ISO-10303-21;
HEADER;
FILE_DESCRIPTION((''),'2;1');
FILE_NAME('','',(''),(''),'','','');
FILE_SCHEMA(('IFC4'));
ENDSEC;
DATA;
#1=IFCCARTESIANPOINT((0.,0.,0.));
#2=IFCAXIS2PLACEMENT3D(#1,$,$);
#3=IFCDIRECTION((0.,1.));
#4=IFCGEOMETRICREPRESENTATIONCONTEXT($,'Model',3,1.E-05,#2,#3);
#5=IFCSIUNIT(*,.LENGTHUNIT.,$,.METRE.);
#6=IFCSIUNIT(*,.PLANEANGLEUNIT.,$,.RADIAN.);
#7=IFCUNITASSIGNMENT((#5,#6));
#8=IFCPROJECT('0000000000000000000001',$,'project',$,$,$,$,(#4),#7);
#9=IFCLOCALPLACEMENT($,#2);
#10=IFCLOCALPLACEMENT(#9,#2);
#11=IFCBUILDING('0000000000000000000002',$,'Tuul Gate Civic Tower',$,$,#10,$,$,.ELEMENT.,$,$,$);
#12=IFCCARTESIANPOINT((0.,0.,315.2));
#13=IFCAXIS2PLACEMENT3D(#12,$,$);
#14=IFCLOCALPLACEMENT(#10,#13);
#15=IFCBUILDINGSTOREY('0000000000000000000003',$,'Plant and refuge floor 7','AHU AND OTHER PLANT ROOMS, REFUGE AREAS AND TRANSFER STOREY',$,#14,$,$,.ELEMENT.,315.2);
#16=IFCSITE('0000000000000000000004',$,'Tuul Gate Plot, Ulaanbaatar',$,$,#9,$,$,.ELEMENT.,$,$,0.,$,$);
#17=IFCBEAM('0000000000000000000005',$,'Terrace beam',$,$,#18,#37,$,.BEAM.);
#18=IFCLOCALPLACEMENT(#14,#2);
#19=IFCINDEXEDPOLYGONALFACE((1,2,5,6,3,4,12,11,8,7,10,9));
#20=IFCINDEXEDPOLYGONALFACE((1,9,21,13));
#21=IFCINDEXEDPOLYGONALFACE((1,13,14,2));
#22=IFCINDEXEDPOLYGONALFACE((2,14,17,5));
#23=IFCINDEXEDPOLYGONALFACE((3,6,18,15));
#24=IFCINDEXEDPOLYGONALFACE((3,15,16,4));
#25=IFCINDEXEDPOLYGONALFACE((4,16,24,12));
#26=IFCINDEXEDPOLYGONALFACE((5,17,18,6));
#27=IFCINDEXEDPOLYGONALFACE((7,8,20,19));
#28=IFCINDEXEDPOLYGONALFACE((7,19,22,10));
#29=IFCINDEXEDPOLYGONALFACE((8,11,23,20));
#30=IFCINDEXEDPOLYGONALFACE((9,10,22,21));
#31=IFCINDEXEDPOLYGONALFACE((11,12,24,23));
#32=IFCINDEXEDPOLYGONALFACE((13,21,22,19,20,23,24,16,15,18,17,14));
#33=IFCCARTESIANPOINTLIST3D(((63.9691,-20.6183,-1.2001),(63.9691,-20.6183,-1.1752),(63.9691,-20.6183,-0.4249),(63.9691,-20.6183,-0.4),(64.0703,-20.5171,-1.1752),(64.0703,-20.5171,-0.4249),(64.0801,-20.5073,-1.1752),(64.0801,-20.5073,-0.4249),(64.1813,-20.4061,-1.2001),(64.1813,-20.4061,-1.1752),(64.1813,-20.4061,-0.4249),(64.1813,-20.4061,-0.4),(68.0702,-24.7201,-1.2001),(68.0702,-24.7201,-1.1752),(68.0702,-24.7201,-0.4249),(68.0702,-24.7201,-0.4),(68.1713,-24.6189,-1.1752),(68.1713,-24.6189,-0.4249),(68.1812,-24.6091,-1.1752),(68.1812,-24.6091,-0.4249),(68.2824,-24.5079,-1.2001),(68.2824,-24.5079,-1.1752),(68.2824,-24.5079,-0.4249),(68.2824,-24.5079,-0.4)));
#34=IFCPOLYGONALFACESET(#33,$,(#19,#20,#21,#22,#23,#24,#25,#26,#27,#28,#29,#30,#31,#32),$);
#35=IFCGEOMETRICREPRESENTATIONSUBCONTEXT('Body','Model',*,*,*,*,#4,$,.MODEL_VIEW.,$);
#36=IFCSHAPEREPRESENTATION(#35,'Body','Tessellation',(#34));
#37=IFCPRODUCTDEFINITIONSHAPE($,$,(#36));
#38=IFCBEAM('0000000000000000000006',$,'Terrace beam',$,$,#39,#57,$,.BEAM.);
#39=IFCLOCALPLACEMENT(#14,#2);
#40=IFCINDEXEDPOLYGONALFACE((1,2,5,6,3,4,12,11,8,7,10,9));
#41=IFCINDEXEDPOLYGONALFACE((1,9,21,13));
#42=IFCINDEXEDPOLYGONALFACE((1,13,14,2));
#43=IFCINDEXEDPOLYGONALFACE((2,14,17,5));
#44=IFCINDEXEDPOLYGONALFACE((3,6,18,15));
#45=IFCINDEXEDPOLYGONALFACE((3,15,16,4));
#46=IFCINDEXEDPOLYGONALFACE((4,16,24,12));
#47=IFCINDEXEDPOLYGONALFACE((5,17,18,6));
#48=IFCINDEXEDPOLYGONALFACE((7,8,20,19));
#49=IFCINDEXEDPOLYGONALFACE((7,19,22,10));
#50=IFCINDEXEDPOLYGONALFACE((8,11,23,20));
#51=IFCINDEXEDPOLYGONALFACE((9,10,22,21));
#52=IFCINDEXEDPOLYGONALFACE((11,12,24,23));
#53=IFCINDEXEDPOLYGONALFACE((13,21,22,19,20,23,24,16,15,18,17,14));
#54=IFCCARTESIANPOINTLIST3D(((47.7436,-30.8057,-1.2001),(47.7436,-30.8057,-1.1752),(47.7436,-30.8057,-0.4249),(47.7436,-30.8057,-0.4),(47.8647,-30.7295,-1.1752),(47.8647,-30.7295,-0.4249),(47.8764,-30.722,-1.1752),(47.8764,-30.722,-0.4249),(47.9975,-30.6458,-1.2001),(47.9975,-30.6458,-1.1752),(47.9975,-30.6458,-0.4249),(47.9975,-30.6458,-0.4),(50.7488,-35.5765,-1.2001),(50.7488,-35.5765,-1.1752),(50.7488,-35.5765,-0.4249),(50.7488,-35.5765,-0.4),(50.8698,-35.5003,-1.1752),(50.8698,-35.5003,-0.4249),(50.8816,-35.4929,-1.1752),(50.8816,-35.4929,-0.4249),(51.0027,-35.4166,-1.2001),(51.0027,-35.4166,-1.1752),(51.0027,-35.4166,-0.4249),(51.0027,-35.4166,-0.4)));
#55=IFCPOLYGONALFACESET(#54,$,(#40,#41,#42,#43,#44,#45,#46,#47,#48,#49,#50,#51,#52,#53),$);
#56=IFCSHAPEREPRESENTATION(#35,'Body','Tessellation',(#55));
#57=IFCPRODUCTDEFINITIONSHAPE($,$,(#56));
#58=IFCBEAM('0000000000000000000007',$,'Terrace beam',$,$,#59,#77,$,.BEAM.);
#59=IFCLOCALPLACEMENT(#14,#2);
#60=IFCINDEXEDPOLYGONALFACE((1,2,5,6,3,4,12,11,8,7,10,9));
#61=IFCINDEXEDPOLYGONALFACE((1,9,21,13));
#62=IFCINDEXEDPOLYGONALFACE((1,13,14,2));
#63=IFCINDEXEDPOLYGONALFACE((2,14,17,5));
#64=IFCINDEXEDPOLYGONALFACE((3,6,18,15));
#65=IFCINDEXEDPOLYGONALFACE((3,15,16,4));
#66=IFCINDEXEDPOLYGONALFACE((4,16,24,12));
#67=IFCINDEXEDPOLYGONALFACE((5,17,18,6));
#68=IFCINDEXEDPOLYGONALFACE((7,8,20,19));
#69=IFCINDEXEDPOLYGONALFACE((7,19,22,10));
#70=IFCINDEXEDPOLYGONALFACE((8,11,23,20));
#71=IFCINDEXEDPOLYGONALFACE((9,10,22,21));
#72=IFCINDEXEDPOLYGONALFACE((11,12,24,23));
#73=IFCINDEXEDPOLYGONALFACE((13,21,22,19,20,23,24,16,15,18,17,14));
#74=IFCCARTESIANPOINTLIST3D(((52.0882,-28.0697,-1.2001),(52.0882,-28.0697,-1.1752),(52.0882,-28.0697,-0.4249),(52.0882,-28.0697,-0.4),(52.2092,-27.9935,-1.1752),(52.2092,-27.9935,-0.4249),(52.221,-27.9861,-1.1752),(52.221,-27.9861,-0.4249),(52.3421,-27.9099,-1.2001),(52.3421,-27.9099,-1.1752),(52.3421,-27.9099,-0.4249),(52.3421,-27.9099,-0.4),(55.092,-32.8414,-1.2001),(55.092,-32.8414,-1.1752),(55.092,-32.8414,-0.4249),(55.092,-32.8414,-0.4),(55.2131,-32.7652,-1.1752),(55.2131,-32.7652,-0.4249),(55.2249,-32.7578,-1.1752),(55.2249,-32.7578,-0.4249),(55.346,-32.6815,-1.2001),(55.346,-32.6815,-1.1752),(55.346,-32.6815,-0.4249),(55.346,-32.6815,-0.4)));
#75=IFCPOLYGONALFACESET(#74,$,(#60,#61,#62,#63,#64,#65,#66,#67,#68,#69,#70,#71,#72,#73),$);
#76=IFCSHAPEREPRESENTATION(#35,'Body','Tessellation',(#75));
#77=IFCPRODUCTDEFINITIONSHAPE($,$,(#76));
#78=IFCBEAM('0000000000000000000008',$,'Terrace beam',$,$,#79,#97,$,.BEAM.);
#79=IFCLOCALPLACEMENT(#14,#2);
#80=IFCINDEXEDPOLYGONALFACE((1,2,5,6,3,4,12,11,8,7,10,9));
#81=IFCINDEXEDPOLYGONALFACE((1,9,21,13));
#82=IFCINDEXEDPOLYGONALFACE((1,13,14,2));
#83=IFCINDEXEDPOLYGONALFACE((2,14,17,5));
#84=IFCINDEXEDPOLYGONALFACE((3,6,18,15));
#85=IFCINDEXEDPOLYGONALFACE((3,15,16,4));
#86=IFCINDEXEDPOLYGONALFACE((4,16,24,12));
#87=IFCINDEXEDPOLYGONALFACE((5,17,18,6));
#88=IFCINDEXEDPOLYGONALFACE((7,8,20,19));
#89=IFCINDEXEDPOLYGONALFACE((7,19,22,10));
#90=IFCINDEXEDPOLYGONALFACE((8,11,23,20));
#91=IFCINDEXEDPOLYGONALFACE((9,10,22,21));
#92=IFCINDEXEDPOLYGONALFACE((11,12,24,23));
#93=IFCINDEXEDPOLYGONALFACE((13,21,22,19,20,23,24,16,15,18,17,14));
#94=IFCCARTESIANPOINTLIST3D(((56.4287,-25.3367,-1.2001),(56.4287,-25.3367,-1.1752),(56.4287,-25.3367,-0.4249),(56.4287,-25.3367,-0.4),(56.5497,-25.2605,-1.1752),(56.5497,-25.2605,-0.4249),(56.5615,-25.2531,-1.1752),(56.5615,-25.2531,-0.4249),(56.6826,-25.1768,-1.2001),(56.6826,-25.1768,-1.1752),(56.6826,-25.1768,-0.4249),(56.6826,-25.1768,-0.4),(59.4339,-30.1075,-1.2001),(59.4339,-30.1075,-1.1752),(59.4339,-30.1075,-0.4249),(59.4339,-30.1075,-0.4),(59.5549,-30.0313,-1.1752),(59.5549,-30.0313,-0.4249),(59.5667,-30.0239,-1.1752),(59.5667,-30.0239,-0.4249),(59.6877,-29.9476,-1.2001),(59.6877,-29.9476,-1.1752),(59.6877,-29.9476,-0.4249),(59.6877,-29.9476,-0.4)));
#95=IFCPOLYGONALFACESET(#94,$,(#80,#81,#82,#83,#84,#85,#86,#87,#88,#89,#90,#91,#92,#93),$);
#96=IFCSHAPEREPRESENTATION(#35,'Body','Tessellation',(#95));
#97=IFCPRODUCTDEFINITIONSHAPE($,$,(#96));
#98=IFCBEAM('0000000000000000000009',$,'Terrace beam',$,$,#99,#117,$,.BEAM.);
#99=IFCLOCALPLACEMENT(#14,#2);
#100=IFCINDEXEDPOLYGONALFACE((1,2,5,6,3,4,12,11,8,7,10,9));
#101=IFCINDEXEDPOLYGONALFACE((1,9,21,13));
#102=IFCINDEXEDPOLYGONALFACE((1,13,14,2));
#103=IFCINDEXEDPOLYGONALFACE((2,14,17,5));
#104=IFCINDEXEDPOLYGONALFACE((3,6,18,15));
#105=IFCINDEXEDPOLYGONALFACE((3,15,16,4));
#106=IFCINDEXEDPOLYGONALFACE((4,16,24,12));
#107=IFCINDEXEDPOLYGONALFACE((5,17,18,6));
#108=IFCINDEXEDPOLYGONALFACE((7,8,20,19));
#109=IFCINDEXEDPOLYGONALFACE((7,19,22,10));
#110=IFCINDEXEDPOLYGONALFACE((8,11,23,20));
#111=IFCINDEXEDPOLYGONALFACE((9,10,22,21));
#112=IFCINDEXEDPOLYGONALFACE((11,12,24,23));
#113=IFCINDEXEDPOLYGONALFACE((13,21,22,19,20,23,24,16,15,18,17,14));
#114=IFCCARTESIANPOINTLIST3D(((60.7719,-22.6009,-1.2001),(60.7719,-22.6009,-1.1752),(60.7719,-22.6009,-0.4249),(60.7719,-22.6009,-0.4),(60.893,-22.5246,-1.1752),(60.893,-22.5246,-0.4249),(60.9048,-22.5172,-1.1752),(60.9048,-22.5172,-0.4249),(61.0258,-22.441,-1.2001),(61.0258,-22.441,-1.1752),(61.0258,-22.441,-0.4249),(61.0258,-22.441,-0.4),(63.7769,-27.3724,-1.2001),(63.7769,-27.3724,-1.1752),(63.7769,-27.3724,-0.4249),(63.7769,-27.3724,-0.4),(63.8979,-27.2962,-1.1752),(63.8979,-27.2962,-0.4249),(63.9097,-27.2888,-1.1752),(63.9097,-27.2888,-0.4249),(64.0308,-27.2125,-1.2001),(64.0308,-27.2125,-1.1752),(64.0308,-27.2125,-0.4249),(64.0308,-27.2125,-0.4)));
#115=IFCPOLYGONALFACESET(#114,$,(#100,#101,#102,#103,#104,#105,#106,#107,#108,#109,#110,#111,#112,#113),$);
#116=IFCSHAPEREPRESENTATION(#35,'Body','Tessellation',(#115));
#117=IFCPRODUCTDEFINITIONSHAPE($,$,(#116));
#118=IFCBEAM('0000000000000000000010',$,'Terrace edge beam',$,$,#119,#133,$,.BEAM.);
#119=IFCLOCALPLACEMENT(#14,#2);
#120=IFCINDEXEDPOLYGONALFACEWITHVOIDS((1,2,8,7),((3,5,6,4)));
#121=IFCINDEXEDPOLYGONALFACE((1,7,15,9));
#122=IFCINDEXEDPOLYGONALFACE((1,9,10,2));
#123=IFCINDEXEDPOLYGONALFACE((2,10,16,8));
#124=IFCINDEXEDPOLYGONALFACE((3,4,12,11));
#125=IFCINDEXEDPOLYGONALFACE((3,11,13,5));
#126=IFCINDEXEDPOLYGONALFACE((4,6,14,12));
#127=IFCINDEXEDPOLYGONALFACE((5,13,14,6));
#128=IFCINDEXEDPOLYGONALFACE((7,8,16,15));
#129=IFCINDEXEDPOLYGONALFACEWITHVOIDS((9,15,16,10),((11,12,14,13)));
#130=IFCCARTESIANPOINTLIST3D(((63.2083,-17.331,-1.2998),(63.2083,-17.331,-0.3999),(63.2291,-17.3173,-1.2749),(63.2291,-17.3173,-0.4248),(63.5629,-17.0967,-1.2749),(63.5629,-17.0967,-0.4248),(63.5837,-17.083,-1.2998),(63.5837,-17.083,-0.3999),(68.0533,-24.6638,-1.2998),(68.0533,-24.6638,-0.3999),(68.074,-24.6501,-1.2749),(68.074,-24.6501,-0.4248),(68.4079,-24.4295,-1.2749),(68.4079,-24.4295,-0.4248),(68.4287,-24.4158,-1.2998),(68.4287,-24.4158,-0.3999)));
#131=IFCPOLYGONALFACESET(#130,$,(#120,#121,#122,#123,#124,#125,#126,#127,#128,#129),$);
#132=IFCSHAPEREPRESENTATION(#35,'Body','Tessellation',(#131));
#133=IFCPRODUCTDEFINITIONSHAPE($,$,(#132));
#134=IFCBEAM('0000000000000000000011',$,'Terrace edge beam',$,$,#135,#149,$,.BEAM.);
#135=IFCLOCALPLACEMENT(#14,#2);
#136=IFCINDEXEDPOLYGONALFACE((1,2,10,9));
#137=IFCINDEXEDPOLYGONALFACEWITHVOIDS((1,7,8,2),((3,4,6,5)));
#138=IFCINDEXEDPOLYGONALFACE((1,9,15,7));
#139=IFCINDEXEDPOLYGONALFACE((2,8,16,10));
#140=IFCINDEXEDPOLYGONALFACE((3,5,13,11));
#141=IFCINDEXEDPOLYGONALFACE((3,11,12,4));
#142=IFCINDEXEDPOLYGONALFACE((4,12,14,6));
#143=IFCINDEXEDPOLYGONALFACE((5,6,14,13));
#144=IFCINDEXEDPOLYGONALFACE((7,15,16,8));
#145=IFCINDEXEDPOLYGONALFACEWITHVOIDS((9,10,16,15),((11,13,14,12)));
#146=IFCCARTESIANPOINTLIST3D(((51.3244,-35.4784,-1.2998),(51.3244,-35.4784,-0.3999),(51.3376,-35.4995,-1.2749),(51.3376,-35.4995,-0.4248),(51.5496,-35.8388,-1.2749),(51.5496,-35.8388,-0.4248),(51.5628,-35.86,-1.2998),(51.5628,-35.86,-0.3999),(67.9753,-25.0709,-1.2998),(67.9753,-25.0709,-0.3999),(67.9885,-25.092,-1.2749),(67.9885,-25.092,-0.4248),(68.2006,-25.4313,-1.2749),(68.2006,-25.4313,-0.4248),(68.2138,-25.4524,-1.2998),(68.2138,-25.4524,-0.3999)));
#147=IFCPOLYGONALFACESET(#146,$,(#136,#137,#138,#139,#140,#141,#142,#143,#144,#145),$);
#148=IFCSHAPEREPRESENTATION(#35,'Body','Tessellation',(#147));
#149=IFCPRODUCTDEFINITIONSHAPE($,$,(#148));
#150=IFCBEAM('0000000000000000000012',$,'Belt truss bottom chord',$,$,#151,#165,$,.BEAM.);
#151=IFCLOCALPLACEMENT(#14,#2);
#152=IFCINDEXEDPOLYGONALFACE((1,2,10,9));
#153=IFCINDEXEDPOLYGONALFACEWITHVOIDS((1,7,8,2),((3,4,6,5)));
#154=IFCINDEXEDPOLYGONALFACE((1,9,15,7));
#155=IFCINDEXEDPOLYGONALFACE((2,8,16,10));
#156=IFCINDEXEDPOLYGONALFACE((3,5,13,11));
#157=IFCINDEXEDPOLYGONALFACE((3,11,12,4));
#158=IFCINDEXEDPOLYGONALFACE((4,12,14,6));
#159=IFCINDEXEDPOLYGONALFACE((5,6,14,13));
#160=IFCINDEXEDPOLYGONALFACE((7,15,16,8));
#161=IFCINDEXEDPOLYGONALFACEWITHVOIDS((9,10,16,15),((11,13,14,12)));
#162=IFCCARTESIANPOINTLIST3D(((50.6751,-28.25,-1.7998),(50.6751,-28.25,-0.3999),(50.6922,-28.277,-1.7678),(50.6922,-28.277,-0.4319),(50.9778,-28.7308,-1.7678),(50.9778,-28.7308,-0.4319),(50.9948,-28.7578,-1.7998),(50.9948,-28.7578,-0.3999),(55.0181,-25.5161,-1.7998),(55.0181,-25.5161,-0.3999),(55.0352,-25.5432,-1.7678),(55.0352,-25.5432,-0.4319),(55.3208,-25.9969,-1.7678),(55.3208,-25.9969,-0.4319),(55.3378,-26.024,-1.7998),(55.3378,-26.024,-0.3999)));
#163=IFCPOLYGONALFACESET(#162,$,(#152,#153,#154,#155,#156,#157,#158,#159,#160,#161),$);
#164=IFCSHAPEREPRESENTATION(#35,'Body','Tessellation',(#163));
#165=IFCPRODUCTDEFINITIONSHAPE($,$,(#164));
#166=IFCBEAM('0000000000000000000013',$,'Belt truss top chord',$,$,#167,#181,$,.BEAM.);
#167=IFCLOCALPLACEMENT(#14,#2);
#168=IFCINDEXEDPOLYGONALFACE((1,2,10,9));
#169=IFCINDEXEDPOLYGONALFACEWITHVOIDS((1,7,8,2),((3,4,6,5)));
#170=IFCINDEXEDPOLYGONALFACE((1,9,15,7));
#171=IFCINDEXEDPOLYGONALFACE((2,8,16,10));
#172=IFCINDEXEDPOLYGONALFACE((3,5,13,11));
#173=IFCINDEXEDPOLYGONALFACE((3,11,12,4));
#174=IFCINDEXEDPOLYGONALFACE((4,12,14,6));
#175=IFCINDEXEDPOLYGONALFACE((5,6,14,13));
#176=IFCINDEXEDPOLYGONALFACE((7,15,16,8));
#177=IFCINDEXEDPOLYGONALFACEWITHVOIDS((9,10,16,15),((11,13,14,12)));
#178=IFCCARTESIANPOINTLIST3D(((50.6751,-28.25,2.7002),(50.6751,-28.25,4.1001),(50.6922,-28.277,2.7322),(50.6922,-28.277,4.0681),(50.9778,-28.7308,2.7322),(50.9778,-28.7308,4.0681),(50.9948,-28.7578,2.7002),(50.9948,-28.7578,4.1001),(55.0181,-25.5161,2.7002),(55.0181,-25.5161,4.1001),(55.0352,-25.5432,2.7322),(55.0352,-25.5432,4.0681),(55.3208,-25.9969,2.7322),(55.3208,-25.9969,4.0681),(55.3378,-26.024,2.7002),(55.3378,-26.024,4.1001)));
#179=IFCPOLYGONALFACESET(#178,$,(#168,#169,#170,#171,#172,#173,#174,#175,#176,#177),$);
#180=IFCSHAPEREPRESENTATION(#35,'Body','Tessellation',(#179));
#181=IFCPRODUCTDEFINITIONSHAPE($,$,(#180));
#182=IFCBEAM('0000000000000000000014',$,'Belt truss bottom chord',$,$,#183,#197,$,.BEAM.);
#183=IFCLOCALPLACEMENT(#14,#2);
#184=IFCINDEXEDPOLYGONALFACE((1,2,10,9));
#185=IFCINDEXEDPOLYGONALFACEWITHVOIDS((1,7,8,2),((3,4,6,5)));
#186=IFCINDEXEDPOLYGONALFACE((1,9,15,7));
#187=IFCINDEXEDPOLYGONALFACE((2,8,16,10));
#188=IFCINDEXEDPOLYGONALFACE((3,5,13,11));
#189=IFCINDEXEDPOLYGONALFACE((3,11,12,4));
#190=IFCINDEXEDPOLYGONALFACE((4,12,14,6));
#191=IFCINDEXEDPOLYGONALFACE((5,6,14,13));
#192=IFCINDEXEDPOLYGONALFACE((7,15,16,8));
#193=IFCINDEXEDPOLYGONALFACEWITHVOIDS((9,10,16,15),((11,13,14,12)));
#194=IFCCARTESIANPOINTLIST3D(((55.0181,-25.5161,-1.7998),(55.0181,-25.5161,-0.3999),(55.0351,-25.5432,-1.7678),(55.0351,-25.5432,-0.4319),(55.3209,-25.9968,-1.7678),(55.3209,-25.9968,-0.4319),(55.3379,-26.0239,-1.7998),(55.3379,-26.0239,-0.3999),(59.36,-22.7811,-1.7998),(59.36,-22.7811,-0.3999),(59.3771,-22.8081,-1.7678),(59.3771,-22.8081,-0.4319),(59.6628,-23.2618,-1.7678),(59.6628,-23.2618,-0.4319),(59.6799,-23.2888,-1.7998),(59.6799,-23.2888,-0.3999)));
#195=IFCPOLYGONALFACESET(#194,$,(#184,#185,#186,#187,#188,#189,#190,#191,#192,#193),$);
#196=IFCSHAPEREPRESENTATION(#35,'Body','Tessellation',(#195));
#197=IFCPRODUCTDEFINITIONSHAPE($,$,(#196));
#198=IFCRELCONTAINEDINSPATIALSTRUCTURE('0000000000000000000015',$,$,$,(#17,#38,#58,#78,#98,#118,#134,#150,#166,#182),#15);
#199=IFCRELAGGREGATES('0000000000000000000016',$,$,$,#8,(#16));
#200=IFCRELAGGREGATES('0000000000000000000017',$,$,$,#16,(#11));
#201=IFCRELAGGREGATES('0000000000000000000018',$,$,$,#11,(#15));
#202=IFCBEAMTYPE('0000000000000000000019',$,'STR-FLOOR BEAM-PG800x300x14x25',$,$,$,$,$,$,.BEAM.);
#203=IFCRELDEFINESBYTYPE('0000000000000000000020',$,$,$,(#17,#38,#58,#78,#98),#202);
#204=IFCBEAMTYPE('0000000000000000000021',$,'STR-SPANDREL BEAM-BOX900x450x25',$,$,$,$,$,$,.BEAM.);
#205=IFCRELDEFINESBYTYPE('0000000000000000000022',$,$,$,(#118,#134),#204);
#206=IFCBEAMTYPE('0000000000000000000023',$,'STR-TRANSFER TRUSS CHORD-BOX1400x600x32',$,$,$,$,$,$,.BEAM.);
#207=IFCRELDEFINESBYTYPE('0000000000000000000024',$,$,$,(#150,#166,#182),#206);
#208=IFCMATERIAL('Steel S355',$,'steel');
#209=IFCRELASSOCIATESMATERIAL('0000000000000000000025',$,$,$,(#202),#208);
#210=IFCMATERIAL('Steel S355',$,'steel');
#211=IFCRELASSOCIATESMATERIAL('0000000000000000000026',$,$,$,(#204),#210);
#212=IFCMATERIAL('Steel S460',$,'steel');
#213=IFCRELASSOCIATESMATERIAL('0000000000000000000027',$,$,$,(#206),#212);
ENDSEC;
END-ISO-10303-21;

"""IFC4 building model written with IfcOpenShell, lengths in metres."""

from ifc_helpers import new_model, si_unit, direction, frame, origin, origin_2d, place, context, subcontext, project, spatial, hollow_rectangle, i_section, extrude, material, material_profile, profile_set, type_object, element, save


model = new_model("IFC4")

# Units and contexts
model_context = context("Model", 3, precision=1e-05, world=origin(), true_north=direction((0.0, 1.0)))
body_context = subcontext(model_context, "Body", "Model", "MODEL_VIEW")
ifc_project = project(units=[si_unit("LENGTHUNIT", "METRE"), si_unit("PLANEANGLEUNIT", "RADIAN")], contexts=[model_context])

# Site, building, storey
site_placement = place(None, origin())
site = spatial("IfcSite", under=ifc_project, at=site_placement, Name="Tuul Gate Plot, Ulaanbaatar", CompositionType="ELEMENT", RefElevation=0.0)
building_placement = place(site_placement, origin())
building = spatial("IfcBuilding", under=site, at=building_placement, Name="Tuul Gate Civic Tower", CompositionType="ELEMENT")
storey_placement = place(building_placement, frame((0.0, 0.0, 315.2)))
storey = spatial("IfcBuildingStorey", under=building, at=storey_placement, Name="Plant and refuge floor 7", Description="AHU AND OTHER PLANT ROOMS, REFUGE AREAS AND TRANSFER STOREY", CompositionType="ELEMENT", Elevation=315.2)

# Beams
ifc_material_1 = material(Name="Steel S355", Category="steel")
ifc_material_profile_1 = material_profile(ifc_material_1, i_section(OverallWidth=0.3, OverallDepth=0.8, WebThickness=0.0139, FlangeThickness=0.0249, at=origin_2d()), Name="PG800x300x14x25")
ifc_profile_set_1 = profile_set([ifc_material_profile_1], Name="Steel S355")
beam_type_1 = type_object("IfcBeamType", Name="STR-FLOOR BEAM-PG800x300x14x25", PredefinedType="BEAM", material=ifc_profile_set_1)
beam_1_placement = place(storey_placement, frame((68.1763, -24.614, -0.8), z_axis=(-0.707044, 0.70717, 0.0), x_axis=(-0.70717, -0.707044, 0.0)))
element("IfcBeam", 1, at=beam_1_placement, inside=storey, type_object=beam_type_1, Name="Terrace beam", PredefinedType="BEAM", context=body_context, shape_type="SweptSolid", body=[
    extrude(i_section(OverallWidth=0.3, OverallDepth=0.8, WebThickness=0.0139, FlangeThickness=0.0249, at=origin_2d()), origin(), (0.0, 0.0, 1.0), 5.8003),
])
for number, where, z_axis, x_axis, name in (
    (2, (50.8757, -35.4966, -0.8), (-0.532981, 0.846127, 0.0), (-0.846127, -0.532981, 0.0), "Terrace beam"),
    (3, (55.219, -32.7615, -0.8), (-0.532748, 0.846274, 0.0), (-0.846274, -0.532748, 0.0), "Terrace beam"),
    (4, (59.5608, -30.0276, -0.8), (-0.532981, 0.846127, 0.0), (-0.846127, -0.532981, 0.0), "Terrace beam"),
):
    element("IfcBeam", number, at=place(storey_placement, frame(where, z_axis=z_axis, x_axis=x_axis)), inside=storey, type_object=beam_type_1, Name=name, PredefinedType="BEAM", context=body_context, shape_type="SweptSolid", body=[
        extrude(i_section(OverallWidth=0.3, OverallDepth=0.8, WebThickness=0.0139, FlangeThickness=0.0249, at=origin_2d()), origin(), (0.0, 0.0, 1.0), 5.6384),
    ])
beam_2_placement = place(storey_placement, frame((63.9038, -27.2925, -0.8), z_axis=(-0.532891, 0.846184, 0.0), x_axis=(-0.846184, -0.532891, 0.0)))
element("IfcBeam", 5, at=beam_2_placement, inside=storey, type_object=beam_type_1, Name="Terrace beam", PredefinedType="BEAM", context=body_context, shape_type="SweptSolid", body=[
    extrude(i_section(OverallWidth=0.3, OverallDepth=0.8, WebThickness=0.0139, FlangeThickness=0.0249, at=origin_2d()), origin(), (0.0, 0.0, 1.0), 5.6389),
])
ifc_material_2 = material(Name="Steel S355", Category="steel")
ifc_material_profile_2 = material_profile(ifc_material_2, hollow_rectangle(XDim=0.45, YDim=0.8999, WallThickness=0.0249, at=origin_2d()), Name="BOX900x450x25")
ifc_profile_set_2 = profile_set([ifc_material_profile_2], Name="Steel S355")
beam_type_2 = type_object("IfcBeamType", Name="STR-SPANDREL BEAM-BOX900x450x25", PredefinedType="BEAM", material=ifc_profile_set_2)
beam_3_placement = place(storey_placement, frame((68.241, -24.5398, -0.8499), z_axis=(-0.551266, 0.83433, 0.0), x_axis=(-0.83433, -0.551266, 0.0)))
element("IfcBeam", 6, at=beam_3_placement, inside=storey, type_object=beam_type_2, Name="Terrace edge beam", PredefinedType="BEAM", context=body_context, shape_type="SweptSolid", body=[
    extrude(hollow_rectangle(XDim=0.45, YDim=0.8999, WallThickness=0.0249, at=origin_2d()), origin(), (0.0, 0.0, 1.0), 8.7888),
])
beam_4_placement = place(storey_placement, frame((51.4436, -35.6692, -0.8499), z_axis=(0.847983, 0.530024, 0.0), x_axis=(-0.530024, 0.847983, 0.0)))
element("IfcBeam", 7, at=beam_4_placement, inside=storey, type_object=beam_type_2, Name="Terrace edge beam", PredefinedType="BEAM", context=body_context, shape_type="SweptSolid", body=[
    extrude(hollow_rectangle(XDim=0.45, YDim=0.8999, WallThickness=0.0249, at=origin_2d()), origin(), (0.0, 0.0, 1.0), 19.636),
])
ifc_material_3 = material(Name="Steel S460", Category="steel")
ifc_material_profile_3 = material_profile(ifc_material_3, hollow_rectangle(XDim=0.6001, YDim=1.3999, WallThickness=0.032, at=origin_2d()), Name="BOX1400x600x32")
ifc_profile_set_3 = profile_set([ifc_material_profile_3], Name="Steel S460")
beam_type_3 = type_object("IfcBeamType", Name="STR-TRANSFER TRUSS CHORD-BOX1400x600x32", PredefinedType="BEAM", material=ifc_profile_set_3)
for number, where, z_axis, x_axis, name in (
    (8, (50.835, -28.5039, -1.0999), (0.846286, 0.532729, 0.0), (-0.532729, 0.846286, 0.0), "Belt truss bottom chord"),
    (9, (50.835, -28.5039, 3.4001), (0.846286, 0.532729, 0.0), (-0.532729, 0.846286, 0.0), "Belt truss top chord"),
):
    element("IfcBeam", number, at=place(storey_placement, frame(where, z_axis=z_axis, x_axis=x_axis)), inside=storey, type_object=beam_type_3, Name=name, PredefinedType="BEAM", context=body_context, shape_type="SweptSolid", body=[
        extrude(hollow_rectangle(XDim=0.6001, YDim=1.3999, WallThickness=0.032, at=origin_2d()), origin(), (0.0, 0.0, 1.0), 5.1318),
    ])
for number, where, z_axis, x_axis, name in (
    (10, (55.178, -25.77, -1.0999), (0.846125, 0.532985, 0.0), (-0.532985, 0.846125, 0.0), "Belt truss bottom chord"),
):
    element("IfcBeam", number, at=place(storey_placement, frame(where, z_axis=z_axis, x_axis=x_axis)), inside=storey, type_object=beam_type_3, Name=name, PredefinedType="BEAM", context=body_context, shape_type="SweptSolid", body=[
        extrude(hollow_rectangle(XDim=0.6001, YDim=1.3999, WallThickness=0.032, at=origin_2d()), origin(), (0.0, 0.0, 1.0), 5.1316),
    ])

save(model, "model.ifc")
